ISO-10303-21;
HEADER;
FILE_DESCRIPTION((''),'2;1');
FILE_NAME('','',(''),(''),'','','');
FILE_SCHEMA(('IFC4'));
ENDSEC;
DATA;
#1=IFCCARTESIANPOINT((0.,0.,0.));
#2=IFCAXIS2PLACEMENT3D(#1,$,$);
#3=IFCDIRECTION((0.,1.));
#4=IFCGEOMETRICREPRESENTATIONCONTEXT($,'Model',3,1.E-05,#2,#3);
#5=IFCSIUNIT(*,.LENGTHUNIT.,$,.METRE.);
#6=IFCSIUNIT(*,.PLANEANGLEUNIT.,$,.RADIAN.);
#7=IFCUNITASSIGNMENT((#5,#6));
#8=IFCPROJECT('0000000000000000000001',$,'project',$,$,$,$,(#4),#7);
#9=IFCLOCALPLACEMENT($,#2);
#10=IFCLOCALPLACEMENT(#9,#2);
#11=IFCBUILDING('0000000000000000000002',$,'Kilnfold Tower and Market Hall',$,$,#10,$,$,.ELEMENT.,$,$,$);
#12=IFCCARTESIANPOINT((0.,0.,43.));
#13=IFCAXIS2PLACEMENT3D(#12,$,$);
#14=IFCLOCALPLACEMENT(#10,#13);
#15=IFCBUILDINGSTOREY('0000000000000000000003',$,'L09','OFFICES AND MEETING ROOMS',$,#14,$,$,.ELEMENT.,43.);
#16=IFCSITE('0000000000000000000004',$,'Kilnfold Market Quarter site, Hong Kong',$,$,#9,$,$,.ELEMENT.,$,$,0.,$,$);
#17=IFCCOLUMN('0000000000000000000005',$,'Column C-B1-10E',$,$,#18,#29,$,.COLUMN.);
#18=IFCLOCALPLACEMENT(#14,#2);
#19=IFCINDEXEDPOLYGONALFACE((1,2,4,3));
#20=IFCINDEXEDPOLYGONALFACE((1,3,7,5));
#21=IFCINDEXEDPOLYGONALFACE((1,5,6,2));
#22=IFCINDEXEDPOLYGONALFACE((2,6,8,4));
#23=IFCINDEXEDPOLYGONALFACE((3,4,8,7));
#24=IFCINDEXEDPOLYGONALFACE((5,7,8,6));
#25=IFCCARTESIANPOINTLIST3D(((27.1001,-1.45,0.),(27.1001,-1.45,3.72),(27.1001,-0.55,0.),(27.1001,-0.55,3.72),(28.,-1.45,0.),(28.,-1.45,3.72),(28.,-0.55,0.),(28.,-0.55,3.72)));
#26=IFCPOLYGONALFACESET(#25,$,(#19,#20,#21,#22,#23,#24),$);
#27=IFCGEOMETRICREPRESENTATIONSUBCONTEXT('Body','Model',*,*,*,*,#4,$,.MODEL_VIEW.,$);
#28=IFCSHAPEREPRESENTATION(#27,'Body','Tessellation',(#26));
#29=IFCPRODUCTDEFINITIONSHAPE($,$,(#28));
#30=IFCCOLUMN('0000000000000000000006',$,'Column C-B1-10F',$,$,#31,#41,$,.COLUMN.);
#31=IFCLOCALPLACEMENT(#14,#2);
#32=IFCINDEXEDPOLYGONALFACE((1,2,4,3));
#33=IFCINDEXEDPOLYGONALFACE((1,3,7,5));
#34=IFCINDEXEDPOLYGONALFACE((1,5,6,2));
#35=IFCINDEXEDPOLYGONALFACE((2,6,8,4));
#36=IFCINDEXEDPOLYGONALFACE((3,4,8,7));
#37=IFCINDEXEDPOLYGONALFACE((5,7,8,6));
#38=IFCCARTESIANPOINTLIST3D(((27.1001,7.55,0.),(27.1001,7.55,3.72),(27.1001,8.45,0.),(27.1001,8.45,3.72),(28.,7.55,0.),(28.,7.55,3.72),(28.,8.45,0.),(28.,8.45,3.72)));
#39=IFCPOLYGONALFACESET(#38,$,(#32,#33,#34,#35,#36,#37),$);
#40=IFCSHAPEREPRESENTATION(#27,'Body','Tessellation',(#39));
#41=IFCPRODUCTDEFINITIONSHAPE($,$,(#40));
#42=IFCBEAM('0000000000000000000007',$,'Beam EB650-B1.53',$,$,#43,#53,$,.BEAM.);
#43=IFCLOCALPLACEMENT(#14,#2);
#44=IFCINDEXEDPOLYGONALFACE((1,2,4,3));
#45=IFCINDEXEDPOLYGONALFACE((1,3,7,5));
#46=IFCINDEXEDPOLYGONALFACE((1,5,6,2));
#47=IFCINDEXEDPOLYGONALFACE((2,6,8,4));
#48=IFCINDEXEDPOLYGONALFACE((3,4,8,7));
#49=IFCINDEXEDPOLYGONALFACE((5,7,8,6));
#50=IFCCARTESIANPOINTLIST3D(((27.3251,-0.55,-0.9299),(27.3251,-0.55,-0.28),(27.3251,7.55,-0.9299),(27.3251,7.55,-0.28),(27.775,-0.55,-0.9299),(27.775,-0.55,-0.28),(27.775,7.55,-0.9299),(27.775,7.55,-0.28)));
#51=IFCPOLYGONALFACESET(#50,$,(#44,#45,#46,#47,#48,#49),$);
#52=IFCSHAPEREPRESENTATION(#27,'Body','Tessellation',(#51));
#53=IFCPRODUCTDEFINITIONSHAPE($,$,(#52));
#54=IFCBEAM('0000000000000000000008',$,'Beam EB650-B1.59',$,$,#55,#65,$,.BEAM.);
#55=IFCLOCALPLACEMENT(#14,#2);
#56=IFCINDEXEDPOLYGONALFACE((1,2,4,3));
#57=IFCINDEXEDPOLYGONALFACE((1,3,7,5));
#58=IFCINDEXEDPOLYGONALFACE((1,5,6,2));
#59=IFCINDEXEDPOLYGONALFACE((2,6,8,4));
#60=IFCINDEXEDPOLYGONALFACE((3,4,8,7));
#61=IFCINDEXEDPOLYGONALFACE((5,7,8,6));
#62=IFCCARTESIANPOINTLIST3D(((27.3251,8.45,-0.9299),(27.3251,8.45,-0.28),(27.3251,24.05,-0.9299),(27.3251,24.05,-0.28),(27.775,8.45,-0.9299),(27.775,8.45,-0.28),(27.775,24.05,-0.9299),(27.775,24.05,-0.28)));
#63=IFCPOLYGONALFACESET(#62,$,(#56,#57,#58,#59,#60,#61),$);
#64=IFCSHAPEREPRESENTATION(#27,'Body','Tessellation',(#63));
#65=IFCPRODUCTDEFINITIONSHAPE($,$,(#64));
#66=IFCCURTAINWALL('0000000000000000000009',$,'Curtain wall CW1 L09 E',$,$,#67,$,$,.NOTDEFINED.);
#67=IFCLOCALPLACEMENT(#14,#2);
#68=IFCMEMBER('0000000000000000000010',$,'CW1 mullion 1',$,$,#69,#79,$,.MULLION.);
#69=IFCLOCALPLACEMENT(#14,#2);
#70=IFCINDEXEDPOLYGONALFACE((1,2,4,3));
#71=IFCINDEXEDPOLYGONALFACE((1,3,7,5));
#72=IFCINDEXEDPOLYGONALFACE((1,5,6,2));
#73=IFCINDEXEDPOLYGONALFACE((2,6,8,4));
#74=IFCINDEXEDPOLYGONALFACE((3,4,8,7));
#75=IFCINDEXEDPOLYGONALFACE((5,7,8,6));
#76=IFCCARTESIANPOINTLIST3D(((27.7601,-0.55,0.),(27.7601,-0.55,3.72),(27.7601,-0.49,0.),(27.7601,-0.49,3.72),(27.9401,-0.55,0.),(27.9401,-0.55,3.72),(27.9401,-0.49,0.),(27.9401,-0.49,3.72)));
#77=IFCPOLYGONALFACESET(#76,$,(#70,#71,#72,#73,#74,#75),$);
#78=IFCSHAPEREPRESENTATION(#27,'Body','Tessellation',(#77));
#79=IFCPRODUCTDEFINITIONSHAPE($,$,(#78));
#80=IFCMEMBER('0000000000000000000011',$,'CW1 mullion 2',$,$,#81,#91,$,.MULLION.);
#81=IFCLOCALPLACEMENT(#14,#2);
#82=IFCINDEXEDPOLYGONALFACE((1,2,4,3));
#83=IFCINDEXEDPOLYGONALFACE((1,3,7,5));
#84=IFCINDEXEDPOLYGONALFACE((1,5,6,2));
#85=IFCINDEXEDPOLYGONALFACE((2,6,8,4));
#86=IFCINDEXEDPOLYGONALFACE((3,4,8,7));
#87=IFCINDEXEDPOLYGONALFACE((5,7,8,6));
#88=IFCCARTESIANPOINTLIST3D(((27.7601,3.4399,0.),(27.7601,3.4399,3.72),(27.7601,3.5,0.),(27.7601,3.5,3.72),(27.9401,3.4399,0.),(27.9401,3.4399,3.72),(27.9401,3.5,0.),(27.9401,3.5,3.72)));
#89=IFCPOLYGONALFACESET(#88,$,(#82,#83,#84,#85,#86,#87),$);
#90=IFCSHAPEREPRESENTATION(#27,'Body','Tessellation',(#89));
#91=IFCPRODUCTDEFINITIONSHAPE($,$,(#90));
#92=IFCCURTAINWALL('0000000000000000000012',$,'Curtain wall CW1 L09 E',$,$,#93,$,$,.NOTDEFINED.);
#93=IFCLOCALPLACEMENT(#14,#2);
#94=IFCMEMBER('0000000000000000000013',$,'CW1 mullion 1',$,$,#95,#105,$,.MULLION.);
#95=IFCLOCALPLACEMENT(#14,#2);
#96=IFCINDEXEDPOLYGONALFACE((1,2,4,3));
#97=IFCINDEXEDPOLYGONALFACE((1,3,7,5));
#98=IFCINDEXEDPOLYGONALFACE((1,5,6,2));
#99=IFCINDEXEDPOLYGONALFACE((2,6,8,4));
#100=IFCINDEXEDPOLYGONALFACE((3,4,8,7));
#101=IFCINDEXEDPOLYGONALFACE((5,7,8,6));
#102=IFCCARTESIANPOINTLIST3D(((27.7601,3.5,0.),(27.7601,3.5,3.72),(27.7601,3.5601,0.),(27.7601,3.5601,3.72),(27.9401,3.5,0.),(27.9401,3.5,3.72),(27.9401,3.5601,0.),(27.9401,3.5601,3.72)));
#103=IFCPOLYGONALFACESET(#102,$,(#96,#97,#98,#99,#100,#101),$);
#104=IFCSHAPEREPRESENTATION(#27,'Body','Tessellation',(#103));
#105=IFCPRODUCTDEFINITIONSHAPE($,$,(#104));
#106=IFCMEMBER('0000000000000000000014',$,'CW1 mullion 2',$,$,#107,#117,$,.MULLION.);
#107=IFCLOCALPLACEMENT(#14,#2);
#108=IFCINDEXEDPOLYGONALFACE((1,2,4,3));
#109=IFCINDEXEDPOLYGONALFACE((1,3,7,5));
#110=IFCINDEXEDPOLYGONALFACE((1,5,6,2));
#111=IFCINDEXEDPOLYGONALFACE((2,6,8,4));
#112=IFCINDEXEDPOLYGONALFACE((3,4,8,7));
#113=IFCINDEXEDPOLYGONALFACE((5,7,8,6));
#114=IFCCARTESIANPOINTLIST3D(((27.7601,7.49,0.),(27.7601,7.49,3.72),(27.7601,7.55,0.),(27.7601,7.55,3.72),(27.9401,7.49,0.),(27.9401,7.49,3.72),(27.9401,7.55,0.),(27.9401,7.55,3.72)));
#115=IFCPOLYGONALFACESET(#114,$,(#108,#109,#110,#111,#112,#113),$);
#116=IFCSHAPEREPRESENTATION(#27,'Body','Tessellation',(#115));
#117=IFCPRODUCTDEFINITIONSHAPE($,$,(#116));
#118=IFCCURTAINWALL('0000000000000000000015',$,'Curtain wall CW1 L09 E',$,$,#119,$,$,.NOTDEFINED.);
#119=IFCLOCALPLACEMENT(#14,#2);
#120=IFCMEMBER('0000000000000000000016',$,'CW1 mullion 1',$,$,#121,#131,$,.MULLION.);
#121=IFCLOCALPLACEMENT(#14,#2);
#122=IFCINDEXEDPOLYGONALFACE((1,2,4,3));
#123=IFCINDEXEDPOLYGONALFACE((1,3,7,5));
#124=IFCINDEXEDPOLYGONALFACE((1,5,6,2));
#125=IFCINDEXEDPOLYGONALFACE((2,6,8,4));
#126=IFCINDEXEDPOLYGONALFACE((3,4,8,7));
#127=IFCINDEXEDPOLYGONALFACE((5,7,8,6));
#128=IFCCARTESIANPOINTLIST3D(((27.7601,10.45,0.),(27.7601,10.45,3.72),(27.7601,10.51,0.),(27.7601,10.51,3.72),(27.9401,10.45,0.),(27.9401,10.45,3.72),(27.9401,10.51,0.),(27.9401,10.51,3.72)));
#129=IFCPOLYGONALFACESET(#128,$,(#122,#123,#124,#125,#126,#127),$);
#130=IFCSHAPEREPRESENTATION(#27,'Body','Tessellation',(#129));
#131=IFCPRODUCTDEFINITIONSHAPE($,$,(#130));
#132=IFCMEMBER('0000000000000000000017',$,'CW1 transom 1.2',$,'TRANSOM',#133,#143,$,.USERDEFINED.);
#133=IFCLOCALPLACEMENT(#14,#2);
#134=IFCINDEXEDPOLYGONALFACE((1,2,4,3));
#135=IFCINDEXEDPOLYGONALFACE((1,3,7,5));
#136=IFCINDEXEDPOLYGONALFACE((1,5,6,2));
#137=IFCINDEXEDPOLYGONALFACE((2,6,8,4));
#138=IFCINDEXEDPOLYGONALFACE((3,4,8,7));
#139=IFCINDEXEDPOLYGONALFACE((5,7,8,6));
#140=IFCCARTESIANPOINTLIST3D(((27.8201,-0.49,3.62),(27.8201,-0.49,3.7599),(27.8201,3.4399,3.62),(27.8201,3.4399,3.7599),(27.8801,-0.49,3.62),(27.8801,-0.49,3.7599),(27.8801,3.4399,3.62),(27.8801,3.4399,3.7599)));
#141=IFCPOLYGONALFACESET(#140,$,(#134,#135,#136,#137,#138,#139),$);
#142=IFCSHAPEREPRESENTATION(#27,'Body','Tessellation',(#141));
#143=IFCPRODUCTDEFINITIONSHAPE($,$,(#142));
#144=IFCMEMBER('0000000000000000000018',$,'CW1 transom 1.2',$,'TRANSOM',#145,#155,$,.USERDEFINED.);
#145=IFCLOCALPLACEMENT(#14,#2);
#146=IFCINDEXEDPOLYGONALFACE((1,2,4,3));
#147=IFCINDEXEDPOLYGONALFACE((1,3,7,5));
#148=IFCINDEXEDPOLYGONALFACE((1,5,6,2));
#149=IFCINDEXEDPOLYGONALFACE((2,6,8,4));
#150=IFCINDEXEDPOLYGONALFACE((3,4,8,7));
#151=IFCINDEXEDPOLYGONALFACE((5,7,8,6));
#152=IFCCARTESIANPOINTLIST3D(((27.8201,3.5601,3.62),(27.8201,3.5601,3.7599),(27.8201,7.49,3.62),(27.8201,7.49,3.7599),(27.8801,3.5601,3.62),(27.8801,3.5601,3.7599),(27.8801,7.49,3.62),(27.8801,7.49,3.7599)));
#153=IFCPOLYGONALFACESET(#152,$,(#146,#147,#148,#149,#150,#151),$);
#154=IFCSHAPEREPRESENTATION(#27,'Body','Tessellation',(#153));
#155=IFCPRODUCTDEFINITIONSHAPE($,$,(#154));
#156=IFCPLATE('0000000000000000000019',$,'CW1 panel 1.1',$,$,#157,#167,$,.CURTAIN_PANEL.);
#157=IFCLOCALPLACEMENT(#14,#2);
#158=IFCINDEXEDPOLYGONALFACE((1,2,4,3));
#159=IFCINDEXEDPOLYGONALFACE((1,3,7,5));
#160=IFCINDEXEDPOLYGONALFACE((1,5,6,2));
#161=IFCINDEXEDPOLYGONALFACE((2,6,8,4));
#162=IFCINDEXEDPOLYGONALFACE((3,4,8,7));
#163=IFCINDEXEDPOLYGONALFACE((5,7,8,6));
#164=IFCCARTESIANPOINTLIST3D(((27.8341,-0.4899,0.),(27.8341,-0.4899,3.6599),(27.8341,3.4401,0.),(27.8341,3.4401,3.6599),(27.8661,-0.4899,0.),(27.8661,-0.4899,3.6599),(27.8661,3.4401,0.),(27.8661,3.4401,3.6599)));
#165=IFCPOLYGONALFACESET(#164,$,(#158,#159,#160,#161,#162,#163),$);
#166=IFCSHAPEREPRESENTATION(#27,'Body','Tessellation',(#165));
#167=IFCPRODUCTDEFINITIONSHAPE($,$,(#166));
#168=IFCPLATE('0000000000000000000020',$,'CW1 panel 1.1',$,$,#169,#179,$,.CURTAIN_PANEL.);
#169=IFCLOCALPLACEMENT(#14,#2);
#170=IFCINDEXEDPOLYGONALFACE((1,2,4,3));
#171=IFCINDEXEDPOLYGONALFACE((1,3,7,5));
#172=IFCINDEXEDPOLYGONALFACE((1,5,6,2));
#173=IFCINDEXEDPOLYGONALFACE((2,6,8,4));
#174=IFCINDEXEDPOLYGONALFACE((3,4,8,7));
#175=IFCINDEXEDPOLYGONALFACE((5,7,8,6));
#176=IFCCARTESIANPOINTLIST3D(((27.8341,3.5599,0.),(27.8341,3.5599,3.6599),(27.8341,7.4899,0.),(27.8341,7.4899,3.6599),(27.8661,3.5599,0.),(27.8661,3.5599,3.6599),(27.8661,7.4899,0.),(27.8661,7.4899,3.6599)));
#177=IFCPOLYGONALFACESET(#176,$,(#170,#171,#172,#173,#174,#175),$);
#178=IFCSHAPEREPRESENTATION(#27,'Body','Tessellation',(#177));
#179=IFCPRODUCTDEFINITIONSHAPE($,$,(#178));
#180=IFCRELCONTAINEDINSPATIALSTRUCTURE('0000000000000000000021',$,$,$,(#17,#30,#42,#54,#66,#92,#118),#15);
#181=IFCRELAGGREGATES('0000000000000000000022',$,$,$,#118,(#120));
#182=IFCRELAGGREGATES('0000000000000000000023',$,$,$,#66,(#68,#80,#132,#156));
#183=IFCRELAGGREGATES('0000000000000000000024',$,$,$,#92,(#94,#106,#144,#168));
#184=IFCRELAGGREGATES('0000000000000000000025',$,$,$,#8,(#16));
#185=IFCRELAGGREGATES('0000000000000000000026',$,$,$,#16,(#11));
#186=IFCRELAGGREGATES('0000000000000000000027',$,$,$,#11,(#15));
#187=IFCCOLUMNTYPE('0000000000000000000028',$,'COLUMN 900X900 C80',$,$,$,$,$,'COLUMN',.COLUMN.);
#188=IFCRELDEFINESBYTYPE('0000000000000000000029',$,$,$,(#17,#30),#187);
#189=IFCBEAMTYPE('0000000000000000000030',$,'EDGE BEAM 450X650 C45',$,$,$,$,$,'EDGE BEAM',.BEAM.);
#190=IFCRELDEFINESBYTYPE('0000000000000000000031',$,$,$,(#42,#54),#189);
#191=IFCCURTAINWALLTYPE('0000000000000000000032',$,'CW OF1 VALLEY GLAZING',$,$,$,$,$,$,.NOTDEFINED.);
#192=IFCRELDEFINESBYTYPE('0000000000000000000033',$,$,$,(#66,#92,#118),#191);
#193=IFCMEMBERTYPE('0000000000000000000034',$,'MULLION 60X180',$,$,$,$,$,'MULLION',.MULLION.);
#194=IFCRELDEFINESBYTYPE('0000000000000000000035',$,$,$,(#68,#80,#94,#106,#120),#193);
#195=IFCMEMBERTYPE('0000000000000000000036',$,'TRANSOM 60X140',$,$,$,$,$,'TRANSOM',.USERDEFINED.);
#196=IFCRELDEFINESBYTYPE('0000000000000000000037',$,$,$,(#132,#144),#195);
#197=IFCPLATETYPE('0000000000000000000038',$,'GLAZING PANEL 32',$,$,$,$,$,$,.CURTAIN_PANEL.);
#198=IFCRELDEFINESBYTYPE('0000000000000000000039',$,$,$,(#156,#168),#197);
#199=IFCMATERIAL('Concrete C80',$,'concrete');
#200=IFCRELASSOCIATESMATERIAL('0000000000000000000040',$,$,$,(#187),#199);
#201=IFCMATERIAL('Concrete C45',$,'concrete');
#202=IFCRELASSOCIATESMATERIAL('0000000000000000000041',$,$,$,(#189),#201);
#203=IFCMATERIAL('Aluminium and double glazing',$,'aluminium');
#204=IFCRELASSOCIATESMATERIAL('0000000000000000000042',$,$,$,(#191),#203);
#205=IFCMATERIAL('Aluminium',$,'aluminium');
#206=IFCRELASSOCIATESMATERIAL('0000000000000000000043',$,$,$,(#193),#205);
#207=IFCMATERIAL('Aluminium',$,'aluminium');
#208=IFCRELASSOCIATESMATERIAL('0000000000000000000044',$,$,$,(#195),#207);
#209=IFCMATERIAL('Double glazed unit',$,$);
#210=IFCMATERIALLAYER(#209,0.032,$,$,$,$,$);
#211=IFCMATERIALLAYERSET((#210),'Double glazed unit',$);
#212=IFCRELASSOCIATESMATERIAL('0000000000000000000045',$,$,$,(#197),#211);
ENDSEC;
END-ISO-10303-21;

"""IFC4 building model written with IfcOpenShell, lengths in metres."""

from ifc_helpers import new_model, si_unit, direction, frame, origin, origin_2d, place, context, subcontext, project, spatial, rectangle, extrude, source, transform, mapped, material, layer, layer_set, material_profile, profile_set, type_object, element, aggregate, save


model = new_model("IFC4")

# Units and contexts
model_context = context("Model", 3, precision=1e-05, world=origin(), true_north=direction((0.0, 1.0)))
body_context = subcontext(model_context, "Body", "Model", "MODEL_VIEW")
ifc_project = project(units=[si_unit("LENGTHUNIT", "METRE"), si_unit("PLANEANGLEUNIT", "RADIAN")], contexts=[model_context])

# Site, building, storey
site_placement = place(None, origin())
site = spatial("IfcSite", under=ifc_project, at=site_placement, Name="Kilnfold Market Quarter site, Hong Kong", CompositionType="ELEMENT", RefElevation=0.0)
building_placement = place(site_placement, origin())
building = spatial("IfcBuilding", under=site, at=building_placement, Name="Kilnfold Tower and Market Hall", CompositionType="ELEMENT")
storey_placement = place(building_placement, frame((0.0, 0.0, 43.0)))
storey = spatial("IfcBuildingStorey", under=building, at=storey_placement, Name="L09", Description="OFFICES AND MEETING ROOMS", CompositionType="ELEMENT", Elevation=43.0)

# Columns
ifc_material_1 = material(Name="Concrete C80", Category="concrete")
ifc_material_profile_1 = material_profile(ifc_material_1, rectangle(XDim=0.8999, YDim=0.8999, at=origin_2d()), Name="RC 900x900")
ifc_profile_set_1 = profile_set([ifc_material_profile_1], Name="Concrete C80")
column_type = type_object("IfcColumnType", Name="COLUMN 900X900 C80", ElementType="COLUMN", PredefinedType="COLUMN", material=ifc_profile_set_1)
shared_shape_1 = source(origin(), body_context, "Body", "SweptSolid", [
    extrude(rectangle(XDim=0.8999, YDim=0.8999, at=origin_2d()), origin(), (0.0, 0.0, 1.0), 3.72),
])
for number, where, z_axis, x_axis, name in (
    (1, (27.55, -1.0, 0.0), (0.0, 0.0, 1.0), (1.0, 0.0, 0.0), "Column C-B1-10E"),
    (2, (27.55, 8.0, 0.0), (0.0, 0.0, 1.0), (1.0, 0.0, 0.0), "Column C-B1-10F"),
):
    element("IfcColumn", number, at=place(storey_placement, frame(where, z_axis=z_axis, x_axis=x_axis)), inside=storey, type_object=column_type, Name=name, PredefinedType="COLUMN", context=body_context, shape_type="MappedRepresentation", body=[
        mapped(shared_shape_1, transform((0.0, 0.0, 0.0))),
    ])

# Beams
ifc_material_2 = material(Name="Concrete C45", Category="concrete")
ifc_material_profile_2 = material_profile(ifc_material_2, rectangle(XDim=0.45, YDim=0.6499, at=origin_2d()), Name="RC 450x650")
ifc_profile_set_2 = profile_set([ifc_material_profile_2], Name="Concrete C45")
beam_type = type_object("IfcBeamType", Name="EDGE BEAM 450X650 C45", ElementType="EDGE BEAM", PredefinedType="BEAM", material=ifc_profile_set_2)
shared_shape_2 = source(origin(), body_context, "Body", "SweptSolid", [
    extrude(rectangle(XDim=0.45, YDim=0.6499, at=origin_2d()), origin(), (0.0, 0.0, 1.0), 8.1001),
])
beam_1_placement = place(storey_placement, frame((27.55, -0.55, -0.605), z_axis=(0.0, 1.0, 0.0), x_axis=(-1.0, 0.0, 0.0)))
element("IfcBeam", 3, at=beam_1_placement, inside=storey, type_object=beam_type, Name="Beam EB650-B1.53", PredefinedType="BEAM", context=body_context, shape_type="MappedRepresentation", body=[
    mapped(shared_shape_2, transform((0.0, 0.0, 0.0))),
])
shared_shape_3 = source(origin(), body_context, "Body", "SweptSolid", [
    extrude(rectangle(XDim=0.45, YDim=0.6499, at=origin_2d()), origin(), (0.0, 0.0, 1.0), 15.6001),
])
beam_2_placement = place(storey_placement, frame((27.55, 8.45, -0.605), z_axis=(0.0, 1.0, 0.0), x_axis=(-1.0, 0.0, 0.0)))
element("IfcBeam", 4, at=beam_2_placement, inside=storey, type_object=beam_type, Name="Beam EB650-B1.59", PredefinedType="BEAM", context=body_context, shape_type="MappedRepresentation", body=[
    mapped(shared_shape_3, transform((0.0, 0.0, 0.0))),
])

# Curtain walls, members
ifc_material_3 = material(Name="Aluminium and double glazing", Category="aluminium")
curtain_wall_type = type_object("IfcCurtainWallType", Name="CW OF1 VALLEY GLAZING", PredefinedType="NOTDEFINED", material=ifc_material_3)
curtain_wall_1_placement = place(storey_placement, origin())
curtain_wall_1 = element("IfcCurtainWall", 5, at=curtain_wall_1_placement, inside=storey, type_object=curtain_wall_type, Name="Curtain wall CW1 L09 E", PredefinedType="NOTDEFINED")
ifc_material_4 = material(Name="Aluminium", Category="aluminium")
ifc_material_profile_3 = material_profile(ifc_material_4, rectangle(XDim=0.0601, YDim=0.1799, at=origin_2d()), Name="MULLION 60x180")
ifc_profile_set_3 = profile_set([ifc_material_profile_3], Name="Aluminium")
member_type_1 = type_object("IfcMemberType", Name="MULLION 60X180", ElementType="MULLION", PredefinedType="MULLION", material=ifc_profile_set_3)
shared_shape_4 = source(origin(), body_context, "Body", "SweptSolid", [
    extrude(rectangle(XDim=0.0601, YDim=0.1799, at=origin_2d()), origin(), (0.0, 0.0, 1.0), 3.72),
])
member_1_placement = place(storey_placement, frame((27.8501, -0.52, 0.0), z_axis=(0.0, 0.0, 1.0), x_axis=(0.0, 1.0, 0.0)))
member_1 = element("IfcMember", 6, at=member_1_placement, type_object=member_type_1, Name="CW1 mullion 1", PredefinedType="MULLION", context=body_context, shape_type="MappedRepresentation", body=[
    mapped(shared_shape_4, transform((0.0, 0.0, 0.0))),
])
member_2_placement = place(storey_placement, frame((27.8501, 3.47, 0.0), z_axis=(0.0, 0.0, 1.0), x_axis=(0.0, 1.0, 0.0)))
member_2 = element("IfcMember", 7, at=member_2_placement, type_object=member_type_1, Name="CW1 mullion 2", PredefinedType="MULLION", context=body_context, shape_type="MappedRepresentation", body=[
    mapped(shared_shape_4, transform((0.0, 0.0, 0.0))),
])
curtain_wall_2_placement = place(storey_placement, origin())
curtain_wall_2 = element("IfcCurtainWall", 8, at=curtain_wall_2_placement, inside=storey, type_object=curtain_wall_type, Name="Curtain wall CW1 L09 E", PredefinedType="NOTDEFINED")
member_3_placement = place(storey_placement, frame((27.8501, 3.53, 0.0), z_axis=(0.0, 0.0, 1.0), x_axis=(0.0, 1.0, 0.0)))
member_3 = element("IfcMember", 9, at=member_3_placement, type_object=member_type_1, Name="CW1 mullion 1", PredefinedType="MULLION", context=body_context, shape_type="MappedRepresentation", body=[
    mapped(shared_shape_4, transform((0.0, 0.0, 0.0))),
])
member_4_placement = place(storey_placement, frame((27.8501, 7.52, 0.0), z_axis=(0.0, 0.0, 1.0), x_axis=(0.0, 1.0, 0.0)))
member_4 = element("IfcMember", 10, at=member_4_placement, type_object=member_type_1, Name="CW1 mullion 2", PredefinedType="MULLION", context=body_context, shape_type="MappedRepresentation", body=[
    mapped(shared_shape_4, transform((0.0, 0.0, 0.0))),
])

# Curtain wall, member
curtain_wall_3_placement = place(storey_placement, origin())
curtain_wall_3 = element("IfcCurtainWall", 11, at=curtain_wall_3_placement, inside=storey, type_object=curtain_wall_type, Name="Curtain wall CW1 L09 E", PredefinedType="NOTDEFINED")
member_5_placement = place(storey_placement, frame((27.8501, 10.48, 0.0), z_axis=(0.0, 0.0, 1.0), x_axis=(0.0, 1.0, 0.0)))
member_5 = element("IfcMember", 12, at=member_5_placement, type_object=member_type_1, Name="CW1 mullion 1", PredefinedType="MULLION", context=body_context, shape_type="MappedRepresentation", body=[
    mapped(shared_shape_4, transform((0.0, 0.0, 0.0))),
])
aggregate(curtain_wall_3, [member_5])

# Members
ifc_material_5 = material(Name="Aluminium", Category="aluminium")
ifc_material_profile_4 = material_profile(ifc_material_5, rectangle(XDim=0.0601, YDim=0.1399, at=origin_2d()), Name="TRANSOM 60x140")
ifc_profile_set_4 = profile_set([ifc_material_profile_4], Name="Aluminium")
member_type_2 = type_object("IfcMemberType", Name="TRANSOM 60X140", ElementType="TRANSOM", PredefinedType="USERDEFINED", material=ifc_profile_set_4)
shared_shape_5 = source(origin(), body_context, "Body", "SweptSolid", [
    extrude(rectangle(XDim=0.0601, YDim=0.1399, at=origin_2d()), origin(), (0.0, 0.0, 1.0), 3.9299),
])
member_6_placement = place(storey_placement, frame((27.8501, -0.49, 3.6899), z_axis=(0.0, 1.0, 0.0), x_axis=(-1.0, 0.0, 0.0)))
member_6 = element("IfcMember", 13, at=member_6_placement, type_object=member_type_2, Name="CW1 transom 1.2", ObjectType="TRANSOM", PredefinedType="USERDEFINED", context=body_context, shape_type="MappedRepresentation", body=[
    mapped(shared_shape_5, transform((0.0, 0.0, 0.0))),
])
member_7_placement = place(storey_placement, frame((27.8501, 3.5601, 3.6899), z_axis=(0.0, 1.0, 0.0), x_axis=(-1.0, 0.0, 0.0)))
member_7 = element("IfcMember", 14, at=member_7_placement, type_object=member_type_2, Name="CW1 transom 1.2", ObjectType="TRANSOM", PredefinedType="USERDEFINED", context=body_context, shape_type="MappedRepresentation", body=[
    mapped(shared_shape_5, transform((0.0, 0.0, 0.0))),
])

# Plates
ifc_material_6 = material(Name="Double glazed unit")
ifc_layer_1 = layer(ifc_material_6, 0.032)
ifc_layer_set_1 = layer_set([ifc_layer_1], Name="Double glazed unit")
plate_type = type_object("IfcPlateType", Name="GLAZING PANEL 32", PredefinedType="CURTAIN_PANEL", material=ifc_layer_set_1)
shared_shape_6 = source(origin(), body_context, "Body", "SweptSolid", [
    extrude(rectangle(XDim=3.9299, YDim=0.032, at=origin_2d()), origin(), (0.0, 0.0, 1.0), 3.6599),
])
plate_1_placement = place(storey_placement, frame((27.8501, 1.4751, 0.0), z_axis=(0.0, 0.0, 1.0), x_axis=(0.0, 1.0, 0.0)))
plate_1 = element("IfcPlate", 15, at=plate_1_placement, type_object=plate_type, Name="CW1 panel 1.1", PredefinedType="CURTAIN_PANEL", context=body_context, shape_type="MappedRepresentation", body=[
    mapped(shared_shape_6, transform((0.0, 0.0, 0.0))),
])
aggregate(curtain_wall_1, [member_1, member_2, member_6, plate_1])
plate_2_placement = place(storey_placement, frame((27.8501, 5.5249, 0.0), z_axis=(0.0, 0.0, 1.0), x_axis=(0.0, 1.0, 0.0)))
plate_2 = element("IfcPlate", 16, at=plate_2_placement, type_object=plate_type, Name="CW1 panel 1.1", PredefinedType="CURTAIN_PANEL", context=body_context, shape_type="MappedRepresentation", body=[
    mapped(shared_shape_6, transform((0.0, 0.0, 0.0))),
])
aggregate(curtain_wall_2, [member_3, member_4, member_7, plate_2])

save(model, "model.ifc")
